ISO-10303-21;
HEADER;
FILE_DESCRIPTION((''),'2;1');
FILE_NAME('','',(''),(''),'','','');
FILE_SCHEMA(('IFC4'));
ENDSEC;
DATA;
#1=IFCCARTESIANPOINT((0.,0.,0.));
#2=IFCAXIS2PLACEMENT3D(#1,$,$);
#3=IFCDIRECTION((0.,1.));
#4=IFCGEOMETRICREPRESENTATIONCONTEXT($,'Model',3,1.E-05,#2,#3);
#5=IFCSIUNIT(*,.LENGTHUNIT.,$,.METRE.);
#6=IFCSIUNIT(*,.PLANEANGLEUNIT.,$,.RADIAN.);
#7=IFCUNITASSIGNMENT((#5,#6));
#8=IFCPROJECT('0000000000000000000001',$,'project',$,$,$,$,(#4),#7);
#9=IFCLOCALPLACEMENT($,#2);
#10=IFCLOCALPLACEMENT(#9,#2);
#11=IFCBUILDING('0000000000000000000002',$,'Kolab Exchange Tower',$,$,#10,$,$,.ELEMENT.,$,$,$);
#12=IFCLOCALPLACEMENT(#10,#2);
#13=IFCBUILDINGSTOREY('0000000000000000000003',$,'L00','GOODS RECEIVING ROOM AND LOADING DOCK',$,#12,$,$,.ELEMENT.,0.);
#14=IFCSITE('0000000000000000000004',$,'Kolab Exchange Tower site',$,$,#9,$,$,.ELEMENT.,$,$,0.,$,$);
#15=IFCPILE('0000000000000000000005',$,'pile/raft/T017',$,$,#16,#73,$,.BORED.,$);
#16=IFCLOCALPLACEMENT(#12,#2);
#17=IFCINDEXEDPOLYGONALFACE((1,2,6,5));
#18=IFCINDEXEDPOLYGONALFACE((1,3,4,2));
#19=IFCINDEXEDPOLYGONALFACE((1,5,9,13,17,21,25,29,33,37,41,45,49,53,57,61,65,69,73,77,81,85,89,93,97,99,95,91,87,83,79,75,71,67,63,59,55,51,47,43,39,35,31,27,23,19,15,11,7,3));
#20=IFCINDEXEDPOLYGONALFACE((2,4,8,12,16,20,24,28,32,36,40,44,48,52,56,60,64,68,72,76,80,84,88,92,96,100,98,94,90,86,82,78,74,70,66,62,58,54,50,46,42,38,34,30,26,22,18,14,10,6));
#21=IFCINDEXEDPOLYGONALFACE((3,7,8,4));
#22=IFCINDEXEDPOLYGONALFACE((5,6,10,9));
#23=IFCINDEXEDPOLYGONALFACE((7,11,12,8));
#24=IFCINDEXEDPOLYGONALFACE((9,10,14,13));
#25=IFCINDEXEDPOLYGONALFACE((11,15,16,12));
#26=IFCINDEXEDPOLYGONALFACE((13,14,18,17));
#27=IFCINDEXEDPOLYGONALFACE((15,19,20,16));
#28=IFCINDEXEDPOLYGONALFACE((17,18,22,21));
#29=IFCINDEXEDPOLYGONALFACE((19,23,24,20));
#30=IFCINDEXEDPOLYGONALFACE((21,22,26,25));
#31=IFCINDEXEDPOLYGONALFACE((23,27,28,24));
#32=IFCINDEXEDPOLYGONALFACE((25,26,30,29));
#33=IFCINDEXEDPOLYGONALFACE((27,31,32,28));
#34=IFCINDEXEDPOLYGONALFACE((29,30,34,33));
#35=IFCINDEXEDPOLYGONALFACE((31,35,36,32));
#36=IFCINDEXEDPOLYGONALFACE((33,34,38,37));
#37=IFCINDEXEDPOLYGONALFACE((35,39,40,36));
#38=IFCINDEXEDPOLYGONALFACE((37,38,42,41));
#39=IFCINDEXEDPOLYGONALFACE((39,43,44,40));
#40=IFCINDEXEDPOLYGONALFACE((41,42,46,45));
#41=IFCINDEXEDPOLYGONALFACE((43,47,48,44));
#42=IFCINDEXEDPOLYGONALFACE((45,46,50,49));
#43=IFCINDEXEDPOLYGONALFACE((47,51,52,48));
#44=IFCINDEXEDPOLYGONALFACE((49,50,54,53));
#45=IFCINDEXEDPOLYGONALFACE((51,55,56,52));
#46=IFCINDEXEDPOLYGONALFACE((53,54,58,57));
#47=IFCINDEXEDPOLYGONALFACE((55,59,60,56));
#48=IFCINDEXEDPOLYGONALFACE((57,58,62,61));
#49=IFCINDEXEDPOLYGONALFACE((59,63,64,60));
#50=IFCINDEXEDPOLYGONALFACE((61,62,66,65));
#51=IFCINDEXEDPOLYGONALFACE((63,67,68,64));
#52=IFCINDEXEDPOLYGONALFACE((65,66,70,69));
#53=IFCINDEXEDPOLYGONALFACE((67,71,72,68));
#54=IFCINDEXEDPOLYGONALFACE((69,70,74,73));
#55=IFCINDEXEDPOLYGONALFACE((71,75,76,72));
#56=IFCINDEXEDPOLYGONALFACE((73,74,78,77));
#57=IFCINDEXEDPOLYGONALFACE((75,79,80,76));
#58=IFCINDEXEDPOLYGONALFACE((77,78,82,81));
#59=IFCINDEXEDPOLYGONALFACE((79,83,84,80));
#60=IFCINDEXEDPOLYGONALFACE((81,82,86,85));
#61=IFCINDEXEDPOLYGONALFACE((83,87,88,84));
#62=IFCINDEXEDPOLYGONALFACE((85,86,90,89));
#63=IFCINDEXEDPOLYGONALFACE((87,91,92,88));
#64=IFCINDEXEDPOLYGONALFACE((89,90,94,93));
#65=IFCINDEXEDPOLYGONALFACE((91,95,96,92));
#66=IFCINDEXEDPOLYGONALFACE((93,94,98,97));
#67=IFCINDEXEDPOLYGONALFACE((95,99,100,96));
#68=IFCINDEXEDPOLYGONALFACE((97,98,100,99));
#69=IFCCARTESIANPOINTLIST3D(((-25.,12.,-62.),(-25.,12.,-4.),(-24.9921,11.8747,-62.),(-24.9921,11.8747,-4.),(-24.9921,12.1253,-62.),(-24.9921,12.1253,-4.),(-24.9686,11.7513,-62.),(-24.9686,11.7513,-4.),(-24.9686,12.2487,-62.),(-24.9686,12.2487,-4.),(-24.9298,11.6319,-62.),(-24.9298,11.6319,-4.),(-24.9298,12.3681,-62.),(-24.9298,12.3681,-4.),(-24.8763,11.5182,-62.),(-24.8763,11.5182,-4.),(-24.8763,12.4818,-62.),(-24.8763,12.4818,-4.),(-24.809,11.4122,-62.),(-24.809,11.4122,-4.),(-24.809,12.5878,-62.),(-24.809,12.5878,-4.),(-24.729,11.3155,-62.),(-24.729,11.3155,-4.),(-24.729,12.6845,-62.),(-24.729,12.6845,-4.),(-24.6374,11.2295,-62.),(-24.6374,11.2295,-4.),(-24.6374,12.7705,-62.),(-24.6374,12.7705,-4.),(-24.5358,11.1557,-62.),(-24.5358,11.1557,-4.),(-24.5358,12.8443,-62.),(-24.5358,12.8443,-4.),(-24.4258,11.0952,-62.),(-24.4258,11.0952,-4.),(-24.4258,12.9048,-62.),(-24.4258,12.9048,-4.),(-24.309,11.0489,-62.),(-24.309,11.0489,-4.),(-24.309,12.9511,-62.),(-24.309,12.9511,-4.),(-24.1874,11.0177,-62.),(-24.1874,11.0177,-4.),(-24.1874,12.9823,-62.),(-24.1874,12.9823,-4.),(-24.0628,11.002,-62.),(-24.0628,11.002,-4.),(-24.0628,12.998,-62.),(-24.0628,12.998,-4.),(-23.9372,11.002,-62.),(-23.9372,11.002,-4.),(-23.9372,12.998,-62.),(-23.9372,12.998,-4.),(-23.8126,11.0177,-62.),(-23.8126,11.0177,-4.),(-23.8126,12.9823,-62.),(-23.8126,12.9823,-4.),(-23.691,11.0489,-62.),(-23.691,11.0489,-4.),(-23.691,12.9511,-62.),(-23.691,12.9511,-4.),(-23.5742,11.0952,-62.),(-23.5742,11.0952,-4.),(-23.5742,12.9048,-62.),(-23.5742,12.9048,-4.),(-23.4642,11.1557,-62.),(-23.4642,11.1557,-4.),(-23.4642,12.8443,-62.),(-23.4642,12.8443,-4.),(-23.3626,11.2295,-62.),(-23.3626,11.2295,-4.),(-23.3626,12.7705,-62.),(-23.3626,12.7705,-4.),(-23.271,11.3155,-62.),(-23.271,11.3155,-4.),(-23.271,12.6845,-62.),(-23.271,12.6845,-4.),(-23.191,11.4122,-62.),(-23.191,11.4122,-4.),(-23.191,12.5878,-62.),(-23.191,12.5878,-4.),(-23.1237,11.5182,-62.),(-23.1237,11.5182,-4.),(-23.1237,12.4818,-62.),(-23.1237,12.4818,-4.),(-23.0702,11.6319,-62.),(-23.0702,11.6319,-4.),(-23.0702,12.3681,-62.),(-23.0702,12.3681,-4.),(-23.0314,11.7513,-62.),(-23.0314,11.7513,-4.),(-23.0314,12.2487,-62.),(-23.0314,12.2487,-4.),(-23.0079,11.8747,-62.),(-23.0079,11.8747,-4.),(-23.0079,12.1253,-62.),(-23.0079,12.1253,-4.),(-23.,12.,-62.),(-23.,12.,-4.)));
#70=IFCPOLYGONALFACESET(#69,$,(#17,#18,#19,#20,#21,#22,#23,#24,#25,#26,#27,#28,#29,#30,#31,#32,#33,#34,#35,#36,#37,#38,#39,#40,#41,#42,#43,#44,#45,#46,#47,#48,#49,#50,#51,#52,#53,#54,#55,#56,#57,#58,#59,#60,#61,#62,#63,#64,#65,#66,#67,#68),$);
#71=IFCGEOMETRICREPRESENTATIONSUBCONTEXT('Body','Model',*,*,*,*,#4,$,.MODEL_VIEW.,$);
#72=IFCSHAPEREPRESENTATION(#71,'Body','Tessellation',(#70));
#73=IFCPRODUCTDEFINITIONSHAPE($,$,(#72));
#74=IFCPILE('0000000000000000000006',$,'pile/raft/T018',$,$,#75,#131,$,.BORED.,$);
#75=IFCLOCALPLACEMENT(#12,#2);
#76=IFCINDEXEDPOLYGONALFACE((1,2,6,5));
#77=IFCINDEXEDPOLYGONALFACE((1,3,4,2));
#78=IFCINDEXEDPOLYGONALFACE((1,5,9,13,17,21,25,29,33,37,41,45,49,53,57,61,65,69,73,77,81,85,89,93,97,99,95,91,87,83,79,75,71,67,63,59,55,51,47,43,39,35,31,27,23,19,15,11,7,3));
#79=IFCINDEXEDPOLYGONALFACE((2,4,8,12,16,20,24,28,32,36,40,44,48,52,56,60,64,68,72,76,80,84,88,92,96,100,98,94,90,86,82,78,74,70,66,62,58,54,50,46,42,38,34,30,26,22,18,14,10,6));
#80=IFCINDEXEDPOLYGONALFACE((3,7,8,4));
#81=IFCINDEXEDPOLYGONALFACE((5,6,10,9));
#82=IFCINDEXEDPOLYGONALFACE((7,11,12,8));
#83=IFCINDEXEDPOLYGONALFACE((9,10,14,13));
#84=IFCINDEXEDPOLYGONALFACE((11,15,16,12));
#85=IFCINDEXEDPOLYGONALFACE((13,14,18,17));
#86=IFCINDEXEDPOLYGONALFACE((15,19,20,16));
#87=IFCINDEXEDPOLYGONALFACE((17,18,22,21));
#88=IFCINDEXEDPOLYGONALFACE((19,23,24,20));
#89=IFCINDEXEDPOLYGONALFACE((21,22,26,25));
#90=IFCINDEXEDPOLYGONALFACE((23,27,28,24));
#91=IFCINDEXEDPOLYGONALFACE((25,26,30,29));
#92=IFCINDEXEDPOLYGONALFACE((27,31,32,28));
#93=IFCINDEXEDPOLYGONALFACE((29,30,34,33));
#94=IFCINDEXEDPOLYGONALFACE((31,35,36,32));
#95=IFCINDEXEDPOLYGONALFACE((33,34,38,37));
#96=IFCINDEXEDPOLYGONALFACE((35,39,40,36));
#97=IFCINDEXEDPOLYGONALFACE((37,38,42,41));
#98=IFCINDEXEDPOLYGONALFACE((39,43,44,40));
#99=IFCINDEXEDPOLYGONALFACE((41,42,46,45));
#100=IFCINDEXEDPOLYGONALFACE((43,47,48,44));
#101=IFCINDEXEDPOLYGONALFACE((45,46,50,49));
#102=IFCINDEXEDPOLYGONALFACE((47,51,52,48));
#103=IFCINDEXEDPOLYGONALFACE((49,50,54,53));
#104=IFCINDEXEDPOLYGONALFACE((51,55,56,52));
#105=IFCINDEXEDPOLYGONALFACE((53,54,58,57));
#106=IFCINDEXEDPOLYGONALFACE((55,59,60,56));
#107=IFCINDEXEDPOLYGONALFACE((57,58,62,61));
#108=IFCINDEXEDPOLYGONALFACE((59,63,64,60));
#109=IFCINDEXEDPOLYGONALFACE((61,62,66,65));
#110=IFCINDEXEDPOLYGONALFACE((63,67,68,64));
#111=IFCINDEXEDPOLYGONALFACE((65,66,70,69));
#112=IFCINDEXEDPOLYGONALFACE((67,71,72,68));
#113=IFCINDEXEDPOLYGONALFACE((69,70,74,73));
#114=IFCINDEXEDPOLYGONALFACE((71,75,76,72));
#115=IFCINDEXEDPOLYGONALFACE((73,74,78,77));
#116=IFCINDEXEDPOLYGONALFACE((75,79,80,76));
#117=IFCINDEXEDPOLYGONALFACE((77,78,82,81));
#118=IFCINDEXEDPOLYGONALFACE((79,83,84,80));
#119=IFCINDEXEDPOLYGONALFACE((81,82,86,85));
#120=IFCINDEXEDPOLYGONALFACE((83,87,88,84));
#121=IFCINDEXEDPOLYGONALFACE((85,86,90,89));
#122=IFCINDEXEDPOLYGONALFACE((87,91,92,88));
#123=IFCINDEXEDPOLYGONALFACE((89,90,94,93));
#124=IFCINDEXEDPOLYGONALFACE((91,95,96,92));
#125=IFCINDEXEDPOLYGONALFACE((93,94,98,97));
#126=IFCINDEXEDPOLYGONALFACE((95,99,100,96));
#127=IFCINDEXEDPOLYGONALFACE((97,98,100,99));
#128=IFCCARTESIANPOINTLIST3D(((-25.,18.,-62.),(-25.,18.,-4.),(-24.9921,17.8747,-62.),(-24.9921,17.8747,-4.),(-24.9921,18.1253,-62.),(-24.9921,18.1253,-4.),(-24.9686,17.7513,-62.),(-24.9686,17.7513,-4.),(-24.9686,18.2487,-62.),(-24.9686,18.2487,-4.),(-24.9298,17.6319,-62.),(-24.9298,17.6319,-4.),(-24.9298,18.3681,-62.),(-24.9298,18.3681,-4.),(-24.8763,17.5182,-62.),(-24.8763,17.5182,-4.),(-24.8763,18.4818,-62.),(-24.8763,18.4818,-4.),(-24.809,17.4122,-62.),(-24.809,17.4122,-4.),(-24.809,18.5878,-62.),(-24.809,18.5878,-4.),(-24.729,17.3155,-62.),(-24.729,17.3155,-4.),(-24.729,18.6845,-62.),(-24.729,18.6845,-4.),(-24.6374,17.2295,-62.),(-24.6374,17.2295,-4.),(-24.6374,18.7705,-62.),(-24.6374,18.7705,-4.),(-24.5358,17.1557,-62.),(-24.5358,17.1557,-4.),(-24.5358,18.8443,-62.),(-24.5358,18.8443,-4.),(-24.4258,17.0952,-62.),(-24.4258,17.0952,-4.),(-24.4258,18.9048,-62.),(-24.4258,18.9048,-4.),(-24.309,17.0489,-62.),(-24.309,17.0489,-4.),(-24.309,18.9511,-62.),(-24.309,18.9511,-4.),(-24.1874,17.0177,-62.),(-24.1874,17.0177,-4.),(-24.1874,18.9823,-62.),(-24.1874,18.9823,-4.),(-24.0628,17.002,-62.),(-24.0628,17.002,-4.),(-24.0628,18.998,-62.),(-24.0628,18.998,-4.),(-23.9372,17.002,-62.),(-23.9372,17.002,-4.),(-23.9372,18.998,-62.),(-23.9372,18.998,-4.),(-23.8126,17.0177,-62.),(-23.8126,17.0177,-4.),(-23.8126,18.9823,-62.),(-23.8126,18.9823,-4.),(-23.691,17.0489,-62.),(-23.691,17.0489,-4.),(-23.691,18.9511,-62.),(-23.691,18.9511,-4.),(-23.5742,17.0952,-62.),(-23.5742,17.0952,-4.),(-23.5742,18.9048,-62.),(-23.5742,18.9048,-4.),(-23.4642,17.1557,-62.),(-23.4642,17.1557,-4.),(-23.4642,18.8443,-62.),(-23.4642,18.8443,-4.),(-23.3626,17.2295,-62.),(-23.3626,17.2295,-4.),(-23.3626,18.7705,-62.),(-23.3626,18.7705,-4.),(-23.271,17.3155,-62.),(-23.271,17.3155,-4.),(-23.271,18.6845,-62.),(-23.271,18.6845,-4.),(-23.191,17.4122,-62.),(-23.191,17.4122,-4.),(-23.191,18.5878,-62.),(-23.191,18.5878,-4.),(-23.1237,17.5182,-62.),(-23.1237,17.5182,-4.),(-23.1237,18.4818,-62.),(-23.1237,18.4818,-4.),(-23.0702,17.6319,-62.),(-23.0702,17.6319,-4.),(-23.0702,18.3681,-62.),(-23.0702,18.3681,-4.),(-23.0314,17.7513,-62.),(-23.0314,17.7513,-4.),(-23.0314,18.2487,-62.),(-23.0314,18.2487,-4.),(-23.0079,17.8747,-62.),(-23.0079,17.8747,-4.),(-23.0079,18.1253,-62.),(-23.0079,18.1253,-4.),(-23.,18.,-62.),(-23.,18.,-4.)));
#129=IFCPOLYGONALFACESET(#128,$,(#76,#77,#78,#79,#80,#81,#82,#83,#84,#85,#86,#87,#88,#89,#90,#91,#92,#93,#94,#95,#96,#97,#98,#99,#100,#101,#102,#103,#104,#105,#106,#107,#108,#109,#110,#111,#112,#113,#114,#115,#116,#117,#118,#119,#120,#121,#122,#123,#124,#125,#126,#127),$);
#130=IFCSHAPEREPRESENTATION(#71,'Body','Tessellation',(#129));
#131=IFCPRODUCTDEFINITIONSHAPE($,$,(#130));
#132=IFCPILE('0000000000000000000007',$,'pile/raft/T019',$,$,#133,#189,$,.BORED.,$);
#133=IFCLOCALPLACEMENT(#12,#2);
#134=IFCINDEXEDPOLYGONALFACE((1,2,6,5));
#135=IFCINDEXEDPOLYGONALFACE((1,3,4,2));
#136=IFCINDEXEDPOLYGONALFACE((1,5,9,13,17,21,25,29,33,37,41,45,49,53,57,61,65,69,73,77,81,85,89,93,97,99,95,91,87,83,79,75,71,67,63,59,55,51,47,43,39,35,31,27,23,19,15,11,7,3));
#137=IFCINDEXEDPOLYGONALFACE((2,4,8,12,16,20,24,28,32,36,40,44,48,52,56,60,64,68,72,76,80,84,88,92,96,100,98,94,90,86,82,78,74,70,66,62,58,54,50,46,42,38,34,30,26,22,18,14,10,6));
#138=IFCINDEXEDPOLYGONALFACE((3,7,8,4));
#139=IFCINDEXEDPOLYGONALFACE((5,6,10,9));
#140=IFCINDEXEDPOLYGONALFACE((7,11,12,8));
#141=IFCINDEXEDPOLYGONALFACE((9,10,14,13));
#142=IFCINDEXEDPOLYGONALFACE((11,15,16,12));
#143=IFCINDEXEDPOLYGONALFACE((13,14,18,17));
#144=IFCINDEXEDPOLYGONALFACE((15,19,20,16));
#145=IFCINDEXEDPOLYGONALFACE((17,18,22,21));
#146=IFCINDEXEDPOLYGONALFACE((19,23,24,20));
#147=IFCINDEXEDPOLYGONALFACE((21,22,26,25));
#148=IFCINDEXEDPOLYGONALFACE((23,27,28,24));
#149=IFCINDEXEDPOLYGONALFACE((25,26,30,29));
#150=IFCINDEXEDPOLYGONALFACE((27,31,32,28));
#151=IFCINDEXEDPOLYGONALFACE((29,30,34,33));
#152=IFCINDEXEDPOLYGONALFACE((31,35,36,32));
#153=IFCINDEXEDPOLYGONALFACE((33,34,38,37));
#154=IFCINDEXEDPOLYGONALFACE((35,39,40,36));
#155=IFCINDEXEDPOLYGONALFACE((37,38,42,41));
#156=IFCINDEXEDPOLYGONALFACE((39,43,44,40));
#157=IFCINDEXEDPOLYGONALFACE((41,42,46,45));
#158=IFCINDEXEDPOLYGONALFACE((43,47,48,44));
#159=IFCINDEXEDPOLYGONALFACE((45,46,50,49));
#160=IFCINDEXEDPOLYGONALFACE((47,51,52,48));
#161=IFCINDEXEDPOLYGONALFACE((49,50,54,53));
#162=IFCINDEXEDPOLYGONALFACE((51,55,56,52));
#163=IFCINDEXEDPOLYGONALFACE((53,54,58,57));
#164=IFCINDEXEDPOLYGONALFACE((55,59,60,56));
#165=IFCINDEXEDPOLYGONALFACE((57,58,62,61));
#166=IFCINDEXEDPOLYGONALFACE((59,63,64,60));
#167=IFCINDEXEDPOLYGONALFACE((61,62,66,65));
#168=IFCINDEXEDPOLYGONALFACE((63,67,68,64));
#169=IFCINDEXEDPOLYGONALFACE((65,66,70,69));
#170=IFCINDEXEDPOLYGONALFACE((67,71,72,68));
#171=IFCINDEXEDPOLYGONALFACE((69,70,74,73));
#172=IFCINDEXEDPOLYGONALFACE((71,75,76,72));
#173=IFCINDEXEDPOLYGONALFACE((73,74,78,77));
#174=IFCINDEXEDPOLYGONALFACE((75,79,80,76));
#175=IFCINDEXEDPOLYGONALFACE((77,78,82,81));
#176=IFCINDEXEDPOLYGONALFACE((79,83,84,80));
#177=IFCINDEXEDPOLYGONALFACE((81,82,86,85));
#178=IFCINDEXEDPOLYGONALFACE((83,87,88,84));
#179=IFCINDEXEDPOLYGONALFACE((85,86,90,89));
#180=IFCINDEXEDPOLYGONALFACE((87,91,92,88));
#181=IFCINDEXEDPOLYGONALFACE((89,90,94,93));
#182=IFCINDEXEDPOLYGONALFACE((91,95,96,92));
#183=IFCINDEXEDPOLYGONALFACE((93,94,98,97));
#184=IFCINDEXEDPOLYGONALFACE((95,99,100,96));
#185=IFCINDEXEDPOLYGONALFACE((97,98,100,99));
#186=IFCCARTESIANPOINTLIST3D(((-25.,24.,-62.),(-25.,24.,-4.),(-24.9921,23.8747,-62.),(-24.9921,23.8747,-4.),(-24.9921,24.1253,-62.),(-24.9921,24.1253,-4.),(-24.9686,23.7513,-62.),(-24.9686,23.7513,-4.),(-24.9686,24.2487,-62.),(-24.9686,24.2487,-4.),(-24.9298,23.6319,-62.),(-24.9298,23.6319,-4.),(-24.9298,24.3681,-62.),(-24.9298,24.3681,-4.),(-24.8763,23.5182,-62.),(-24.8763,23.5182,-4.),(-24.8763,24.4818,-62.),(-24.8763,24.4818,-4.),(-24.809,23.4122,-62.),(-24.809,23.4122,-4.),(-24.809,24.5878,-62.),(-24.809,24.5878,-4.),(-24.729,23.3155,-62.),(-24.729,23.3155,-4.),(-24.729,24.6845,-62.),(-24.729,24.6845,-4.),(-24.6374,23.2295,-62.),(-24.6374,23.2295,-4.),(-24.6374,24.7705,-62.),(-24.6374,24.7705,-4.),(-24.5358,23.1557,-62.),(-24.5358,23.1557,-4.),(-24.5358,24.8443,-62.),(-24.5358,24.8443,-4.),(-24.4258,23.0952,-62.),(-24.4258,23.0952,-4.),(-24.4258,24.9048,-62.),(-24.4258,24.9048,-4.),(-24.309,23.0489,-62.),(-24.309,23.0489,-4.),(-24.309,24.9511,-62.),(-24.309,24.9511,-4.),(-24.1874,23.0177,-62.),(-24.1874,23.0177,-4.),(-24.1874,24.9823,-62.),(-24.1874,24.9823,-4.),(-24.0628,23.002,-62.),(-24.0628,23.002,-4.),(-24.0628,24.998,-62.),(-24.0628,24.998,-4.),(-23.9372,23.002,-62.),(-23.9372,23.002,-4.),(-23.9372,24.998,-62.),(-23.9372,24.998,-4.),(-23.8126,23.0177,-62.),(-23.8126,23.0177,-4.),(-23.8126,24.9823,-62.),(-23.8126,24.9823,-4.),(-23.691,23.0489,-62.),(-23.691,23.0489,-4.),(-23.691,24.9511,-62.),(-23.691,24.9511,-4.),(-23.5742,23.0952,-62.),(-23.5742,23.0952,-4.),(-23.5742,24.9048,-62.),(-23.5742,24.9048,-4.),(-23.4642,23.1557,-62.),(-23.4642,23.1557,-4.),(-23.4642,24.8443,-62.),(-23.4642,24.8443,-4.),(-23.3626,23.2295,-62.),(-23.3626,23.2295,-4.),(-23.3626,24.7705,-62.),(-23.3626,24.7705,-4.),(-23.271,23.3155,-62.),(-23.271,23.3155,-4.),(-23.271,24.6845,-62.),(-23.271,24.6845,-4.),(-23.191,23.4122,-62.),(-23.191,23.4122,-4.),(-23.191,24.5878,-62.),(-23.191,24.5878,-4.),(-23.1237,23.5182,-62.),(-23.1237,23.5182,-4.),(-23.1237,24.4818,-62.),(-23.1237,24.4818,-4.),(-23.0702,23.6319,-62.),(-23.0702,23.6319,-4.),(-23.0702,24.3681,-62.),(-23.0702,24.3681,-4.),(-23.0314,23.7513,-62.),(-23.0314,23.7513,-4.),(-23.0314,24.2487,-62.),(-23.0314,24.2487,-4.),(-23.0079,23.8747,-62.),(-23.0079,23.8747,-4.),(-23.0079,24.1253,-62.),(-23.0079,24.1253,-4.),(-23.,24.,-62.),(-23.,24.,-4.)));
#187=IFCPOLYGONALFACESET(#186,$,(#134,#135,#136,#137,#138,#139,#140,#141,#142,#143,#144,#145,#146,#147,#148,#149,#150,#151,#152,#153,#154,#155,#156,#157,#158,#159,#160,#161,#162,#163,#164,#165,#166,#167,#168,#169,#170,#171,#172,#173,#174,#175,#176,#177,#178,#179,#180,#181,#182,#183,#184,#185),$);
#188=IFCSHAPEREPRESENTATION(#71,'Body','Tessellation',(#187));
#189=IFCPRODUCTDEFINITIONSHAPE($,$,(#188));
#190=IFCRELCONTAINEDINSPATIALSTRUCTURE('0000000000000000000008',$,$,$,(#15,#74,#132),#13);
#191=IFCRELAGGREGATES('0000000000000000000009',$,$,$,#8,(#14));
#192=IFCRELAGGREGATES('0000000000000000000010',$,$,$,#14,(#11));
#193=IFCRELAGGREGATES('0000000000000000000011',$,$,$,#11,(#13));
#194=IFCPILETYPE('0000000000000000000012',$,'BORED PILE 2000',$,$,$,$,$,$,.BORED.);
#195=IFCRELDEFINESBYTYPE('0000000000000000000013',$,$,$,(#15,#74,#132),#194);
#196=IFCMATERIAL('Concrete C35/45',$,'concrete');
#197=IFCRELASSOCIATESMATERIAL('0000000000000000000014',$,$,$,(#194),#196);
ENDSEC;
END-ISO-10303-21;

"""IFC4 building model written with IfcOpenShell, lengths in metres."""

from ifc_helpers import new_model, si_unit, direction, frame, origin, origin_2d, place, context, subcontext, project, spatial, circle, extrude, material, material_profile, profile_set, type_object, element, save


model = new_model("IFC4")

# Units and contexts
model_context = context("Model", 3, precision=1e-05, world=origin(), true_north=direction((0.0, 1.0)))
body_context = subcontext(model_context, "Body", "Model", "MODEL_VIEW")
ifc_project = project(units=[si_unit("LENGTHUNIT", "METRE"), si_unit("PLANEANGLEUNIT", "RADIAN")], contexts=[model_context])

# Site, building, storey
site_placement = place(None, origin())
site = spatial("IfcSite", under=ifc_project, at=site_placement, Name="Kolab Exchange Tower site", CompositionType="ELEMENT", RefElevation=0.0)
building_placement = place(site_placement, origin())
building = spatial("IfcBuilding", under=site, at=building_placement, Name="Kolab Exchange Tower", CompositionType="ELEMENT")
storey_placement = place(building_placement, origin())
storey = spatial("IfcBuildingStorey", under=building, at=storey_placement, Name="L00", Description="GOODS RECEIVING ROOM AND LOADING DOCK", CompositionType="ELEMENT", Elevation=0.0)

# Piles
ifc_material_1 = material(Name="Concrete C35/45", Category="concrete")
ifc_material_profile_1 = material_profile(ifc_material_1, circle(Radius=1.0, at=origin_2d()), Name="BP2000")
ifc_profile_set_1 = profile_set([ifc_material_profile_1], Name="Concrete C35/45")
pile_type = type_object("IfcPileType", Name="BORED PILE 2000", PredefinedType="BORED", material=ifc_profile_set_1)
for number, where, z_axis, x_axis, name in (
    (1, (-24.0, 12.0, -4.0), (0.0, 0.0, -1.0), (1.0, 0.0, 0.0), "pile/raft/T017"),
    (2, (-24.0, 18.0, -4.0), (0.0, 0.0, -1.0), (1.0, 0.0, 0.0), "pile/raft/T018"),
    (3, (-24.0, 24.0, -4.0), (0.0, 0.0, -1.0), (1.0, 0.0, 0.0), "pile/raft/T019"),
):
    element("IfcPile", number, at=place(storey_placement, frame(where, z_axis=z_axis, x_axis=x_axis)), inside=storey, type_object=pile_type, Name=name, PredefinedType="BORED", context=body_context, shape_type="SweptSolid", body=[
        extrude(circle(Radius=1.0, at=origin_2d()), origin(), (0.0, 0.0, 1.0), 58.0),
    ])

save(model, "model.ifc")
